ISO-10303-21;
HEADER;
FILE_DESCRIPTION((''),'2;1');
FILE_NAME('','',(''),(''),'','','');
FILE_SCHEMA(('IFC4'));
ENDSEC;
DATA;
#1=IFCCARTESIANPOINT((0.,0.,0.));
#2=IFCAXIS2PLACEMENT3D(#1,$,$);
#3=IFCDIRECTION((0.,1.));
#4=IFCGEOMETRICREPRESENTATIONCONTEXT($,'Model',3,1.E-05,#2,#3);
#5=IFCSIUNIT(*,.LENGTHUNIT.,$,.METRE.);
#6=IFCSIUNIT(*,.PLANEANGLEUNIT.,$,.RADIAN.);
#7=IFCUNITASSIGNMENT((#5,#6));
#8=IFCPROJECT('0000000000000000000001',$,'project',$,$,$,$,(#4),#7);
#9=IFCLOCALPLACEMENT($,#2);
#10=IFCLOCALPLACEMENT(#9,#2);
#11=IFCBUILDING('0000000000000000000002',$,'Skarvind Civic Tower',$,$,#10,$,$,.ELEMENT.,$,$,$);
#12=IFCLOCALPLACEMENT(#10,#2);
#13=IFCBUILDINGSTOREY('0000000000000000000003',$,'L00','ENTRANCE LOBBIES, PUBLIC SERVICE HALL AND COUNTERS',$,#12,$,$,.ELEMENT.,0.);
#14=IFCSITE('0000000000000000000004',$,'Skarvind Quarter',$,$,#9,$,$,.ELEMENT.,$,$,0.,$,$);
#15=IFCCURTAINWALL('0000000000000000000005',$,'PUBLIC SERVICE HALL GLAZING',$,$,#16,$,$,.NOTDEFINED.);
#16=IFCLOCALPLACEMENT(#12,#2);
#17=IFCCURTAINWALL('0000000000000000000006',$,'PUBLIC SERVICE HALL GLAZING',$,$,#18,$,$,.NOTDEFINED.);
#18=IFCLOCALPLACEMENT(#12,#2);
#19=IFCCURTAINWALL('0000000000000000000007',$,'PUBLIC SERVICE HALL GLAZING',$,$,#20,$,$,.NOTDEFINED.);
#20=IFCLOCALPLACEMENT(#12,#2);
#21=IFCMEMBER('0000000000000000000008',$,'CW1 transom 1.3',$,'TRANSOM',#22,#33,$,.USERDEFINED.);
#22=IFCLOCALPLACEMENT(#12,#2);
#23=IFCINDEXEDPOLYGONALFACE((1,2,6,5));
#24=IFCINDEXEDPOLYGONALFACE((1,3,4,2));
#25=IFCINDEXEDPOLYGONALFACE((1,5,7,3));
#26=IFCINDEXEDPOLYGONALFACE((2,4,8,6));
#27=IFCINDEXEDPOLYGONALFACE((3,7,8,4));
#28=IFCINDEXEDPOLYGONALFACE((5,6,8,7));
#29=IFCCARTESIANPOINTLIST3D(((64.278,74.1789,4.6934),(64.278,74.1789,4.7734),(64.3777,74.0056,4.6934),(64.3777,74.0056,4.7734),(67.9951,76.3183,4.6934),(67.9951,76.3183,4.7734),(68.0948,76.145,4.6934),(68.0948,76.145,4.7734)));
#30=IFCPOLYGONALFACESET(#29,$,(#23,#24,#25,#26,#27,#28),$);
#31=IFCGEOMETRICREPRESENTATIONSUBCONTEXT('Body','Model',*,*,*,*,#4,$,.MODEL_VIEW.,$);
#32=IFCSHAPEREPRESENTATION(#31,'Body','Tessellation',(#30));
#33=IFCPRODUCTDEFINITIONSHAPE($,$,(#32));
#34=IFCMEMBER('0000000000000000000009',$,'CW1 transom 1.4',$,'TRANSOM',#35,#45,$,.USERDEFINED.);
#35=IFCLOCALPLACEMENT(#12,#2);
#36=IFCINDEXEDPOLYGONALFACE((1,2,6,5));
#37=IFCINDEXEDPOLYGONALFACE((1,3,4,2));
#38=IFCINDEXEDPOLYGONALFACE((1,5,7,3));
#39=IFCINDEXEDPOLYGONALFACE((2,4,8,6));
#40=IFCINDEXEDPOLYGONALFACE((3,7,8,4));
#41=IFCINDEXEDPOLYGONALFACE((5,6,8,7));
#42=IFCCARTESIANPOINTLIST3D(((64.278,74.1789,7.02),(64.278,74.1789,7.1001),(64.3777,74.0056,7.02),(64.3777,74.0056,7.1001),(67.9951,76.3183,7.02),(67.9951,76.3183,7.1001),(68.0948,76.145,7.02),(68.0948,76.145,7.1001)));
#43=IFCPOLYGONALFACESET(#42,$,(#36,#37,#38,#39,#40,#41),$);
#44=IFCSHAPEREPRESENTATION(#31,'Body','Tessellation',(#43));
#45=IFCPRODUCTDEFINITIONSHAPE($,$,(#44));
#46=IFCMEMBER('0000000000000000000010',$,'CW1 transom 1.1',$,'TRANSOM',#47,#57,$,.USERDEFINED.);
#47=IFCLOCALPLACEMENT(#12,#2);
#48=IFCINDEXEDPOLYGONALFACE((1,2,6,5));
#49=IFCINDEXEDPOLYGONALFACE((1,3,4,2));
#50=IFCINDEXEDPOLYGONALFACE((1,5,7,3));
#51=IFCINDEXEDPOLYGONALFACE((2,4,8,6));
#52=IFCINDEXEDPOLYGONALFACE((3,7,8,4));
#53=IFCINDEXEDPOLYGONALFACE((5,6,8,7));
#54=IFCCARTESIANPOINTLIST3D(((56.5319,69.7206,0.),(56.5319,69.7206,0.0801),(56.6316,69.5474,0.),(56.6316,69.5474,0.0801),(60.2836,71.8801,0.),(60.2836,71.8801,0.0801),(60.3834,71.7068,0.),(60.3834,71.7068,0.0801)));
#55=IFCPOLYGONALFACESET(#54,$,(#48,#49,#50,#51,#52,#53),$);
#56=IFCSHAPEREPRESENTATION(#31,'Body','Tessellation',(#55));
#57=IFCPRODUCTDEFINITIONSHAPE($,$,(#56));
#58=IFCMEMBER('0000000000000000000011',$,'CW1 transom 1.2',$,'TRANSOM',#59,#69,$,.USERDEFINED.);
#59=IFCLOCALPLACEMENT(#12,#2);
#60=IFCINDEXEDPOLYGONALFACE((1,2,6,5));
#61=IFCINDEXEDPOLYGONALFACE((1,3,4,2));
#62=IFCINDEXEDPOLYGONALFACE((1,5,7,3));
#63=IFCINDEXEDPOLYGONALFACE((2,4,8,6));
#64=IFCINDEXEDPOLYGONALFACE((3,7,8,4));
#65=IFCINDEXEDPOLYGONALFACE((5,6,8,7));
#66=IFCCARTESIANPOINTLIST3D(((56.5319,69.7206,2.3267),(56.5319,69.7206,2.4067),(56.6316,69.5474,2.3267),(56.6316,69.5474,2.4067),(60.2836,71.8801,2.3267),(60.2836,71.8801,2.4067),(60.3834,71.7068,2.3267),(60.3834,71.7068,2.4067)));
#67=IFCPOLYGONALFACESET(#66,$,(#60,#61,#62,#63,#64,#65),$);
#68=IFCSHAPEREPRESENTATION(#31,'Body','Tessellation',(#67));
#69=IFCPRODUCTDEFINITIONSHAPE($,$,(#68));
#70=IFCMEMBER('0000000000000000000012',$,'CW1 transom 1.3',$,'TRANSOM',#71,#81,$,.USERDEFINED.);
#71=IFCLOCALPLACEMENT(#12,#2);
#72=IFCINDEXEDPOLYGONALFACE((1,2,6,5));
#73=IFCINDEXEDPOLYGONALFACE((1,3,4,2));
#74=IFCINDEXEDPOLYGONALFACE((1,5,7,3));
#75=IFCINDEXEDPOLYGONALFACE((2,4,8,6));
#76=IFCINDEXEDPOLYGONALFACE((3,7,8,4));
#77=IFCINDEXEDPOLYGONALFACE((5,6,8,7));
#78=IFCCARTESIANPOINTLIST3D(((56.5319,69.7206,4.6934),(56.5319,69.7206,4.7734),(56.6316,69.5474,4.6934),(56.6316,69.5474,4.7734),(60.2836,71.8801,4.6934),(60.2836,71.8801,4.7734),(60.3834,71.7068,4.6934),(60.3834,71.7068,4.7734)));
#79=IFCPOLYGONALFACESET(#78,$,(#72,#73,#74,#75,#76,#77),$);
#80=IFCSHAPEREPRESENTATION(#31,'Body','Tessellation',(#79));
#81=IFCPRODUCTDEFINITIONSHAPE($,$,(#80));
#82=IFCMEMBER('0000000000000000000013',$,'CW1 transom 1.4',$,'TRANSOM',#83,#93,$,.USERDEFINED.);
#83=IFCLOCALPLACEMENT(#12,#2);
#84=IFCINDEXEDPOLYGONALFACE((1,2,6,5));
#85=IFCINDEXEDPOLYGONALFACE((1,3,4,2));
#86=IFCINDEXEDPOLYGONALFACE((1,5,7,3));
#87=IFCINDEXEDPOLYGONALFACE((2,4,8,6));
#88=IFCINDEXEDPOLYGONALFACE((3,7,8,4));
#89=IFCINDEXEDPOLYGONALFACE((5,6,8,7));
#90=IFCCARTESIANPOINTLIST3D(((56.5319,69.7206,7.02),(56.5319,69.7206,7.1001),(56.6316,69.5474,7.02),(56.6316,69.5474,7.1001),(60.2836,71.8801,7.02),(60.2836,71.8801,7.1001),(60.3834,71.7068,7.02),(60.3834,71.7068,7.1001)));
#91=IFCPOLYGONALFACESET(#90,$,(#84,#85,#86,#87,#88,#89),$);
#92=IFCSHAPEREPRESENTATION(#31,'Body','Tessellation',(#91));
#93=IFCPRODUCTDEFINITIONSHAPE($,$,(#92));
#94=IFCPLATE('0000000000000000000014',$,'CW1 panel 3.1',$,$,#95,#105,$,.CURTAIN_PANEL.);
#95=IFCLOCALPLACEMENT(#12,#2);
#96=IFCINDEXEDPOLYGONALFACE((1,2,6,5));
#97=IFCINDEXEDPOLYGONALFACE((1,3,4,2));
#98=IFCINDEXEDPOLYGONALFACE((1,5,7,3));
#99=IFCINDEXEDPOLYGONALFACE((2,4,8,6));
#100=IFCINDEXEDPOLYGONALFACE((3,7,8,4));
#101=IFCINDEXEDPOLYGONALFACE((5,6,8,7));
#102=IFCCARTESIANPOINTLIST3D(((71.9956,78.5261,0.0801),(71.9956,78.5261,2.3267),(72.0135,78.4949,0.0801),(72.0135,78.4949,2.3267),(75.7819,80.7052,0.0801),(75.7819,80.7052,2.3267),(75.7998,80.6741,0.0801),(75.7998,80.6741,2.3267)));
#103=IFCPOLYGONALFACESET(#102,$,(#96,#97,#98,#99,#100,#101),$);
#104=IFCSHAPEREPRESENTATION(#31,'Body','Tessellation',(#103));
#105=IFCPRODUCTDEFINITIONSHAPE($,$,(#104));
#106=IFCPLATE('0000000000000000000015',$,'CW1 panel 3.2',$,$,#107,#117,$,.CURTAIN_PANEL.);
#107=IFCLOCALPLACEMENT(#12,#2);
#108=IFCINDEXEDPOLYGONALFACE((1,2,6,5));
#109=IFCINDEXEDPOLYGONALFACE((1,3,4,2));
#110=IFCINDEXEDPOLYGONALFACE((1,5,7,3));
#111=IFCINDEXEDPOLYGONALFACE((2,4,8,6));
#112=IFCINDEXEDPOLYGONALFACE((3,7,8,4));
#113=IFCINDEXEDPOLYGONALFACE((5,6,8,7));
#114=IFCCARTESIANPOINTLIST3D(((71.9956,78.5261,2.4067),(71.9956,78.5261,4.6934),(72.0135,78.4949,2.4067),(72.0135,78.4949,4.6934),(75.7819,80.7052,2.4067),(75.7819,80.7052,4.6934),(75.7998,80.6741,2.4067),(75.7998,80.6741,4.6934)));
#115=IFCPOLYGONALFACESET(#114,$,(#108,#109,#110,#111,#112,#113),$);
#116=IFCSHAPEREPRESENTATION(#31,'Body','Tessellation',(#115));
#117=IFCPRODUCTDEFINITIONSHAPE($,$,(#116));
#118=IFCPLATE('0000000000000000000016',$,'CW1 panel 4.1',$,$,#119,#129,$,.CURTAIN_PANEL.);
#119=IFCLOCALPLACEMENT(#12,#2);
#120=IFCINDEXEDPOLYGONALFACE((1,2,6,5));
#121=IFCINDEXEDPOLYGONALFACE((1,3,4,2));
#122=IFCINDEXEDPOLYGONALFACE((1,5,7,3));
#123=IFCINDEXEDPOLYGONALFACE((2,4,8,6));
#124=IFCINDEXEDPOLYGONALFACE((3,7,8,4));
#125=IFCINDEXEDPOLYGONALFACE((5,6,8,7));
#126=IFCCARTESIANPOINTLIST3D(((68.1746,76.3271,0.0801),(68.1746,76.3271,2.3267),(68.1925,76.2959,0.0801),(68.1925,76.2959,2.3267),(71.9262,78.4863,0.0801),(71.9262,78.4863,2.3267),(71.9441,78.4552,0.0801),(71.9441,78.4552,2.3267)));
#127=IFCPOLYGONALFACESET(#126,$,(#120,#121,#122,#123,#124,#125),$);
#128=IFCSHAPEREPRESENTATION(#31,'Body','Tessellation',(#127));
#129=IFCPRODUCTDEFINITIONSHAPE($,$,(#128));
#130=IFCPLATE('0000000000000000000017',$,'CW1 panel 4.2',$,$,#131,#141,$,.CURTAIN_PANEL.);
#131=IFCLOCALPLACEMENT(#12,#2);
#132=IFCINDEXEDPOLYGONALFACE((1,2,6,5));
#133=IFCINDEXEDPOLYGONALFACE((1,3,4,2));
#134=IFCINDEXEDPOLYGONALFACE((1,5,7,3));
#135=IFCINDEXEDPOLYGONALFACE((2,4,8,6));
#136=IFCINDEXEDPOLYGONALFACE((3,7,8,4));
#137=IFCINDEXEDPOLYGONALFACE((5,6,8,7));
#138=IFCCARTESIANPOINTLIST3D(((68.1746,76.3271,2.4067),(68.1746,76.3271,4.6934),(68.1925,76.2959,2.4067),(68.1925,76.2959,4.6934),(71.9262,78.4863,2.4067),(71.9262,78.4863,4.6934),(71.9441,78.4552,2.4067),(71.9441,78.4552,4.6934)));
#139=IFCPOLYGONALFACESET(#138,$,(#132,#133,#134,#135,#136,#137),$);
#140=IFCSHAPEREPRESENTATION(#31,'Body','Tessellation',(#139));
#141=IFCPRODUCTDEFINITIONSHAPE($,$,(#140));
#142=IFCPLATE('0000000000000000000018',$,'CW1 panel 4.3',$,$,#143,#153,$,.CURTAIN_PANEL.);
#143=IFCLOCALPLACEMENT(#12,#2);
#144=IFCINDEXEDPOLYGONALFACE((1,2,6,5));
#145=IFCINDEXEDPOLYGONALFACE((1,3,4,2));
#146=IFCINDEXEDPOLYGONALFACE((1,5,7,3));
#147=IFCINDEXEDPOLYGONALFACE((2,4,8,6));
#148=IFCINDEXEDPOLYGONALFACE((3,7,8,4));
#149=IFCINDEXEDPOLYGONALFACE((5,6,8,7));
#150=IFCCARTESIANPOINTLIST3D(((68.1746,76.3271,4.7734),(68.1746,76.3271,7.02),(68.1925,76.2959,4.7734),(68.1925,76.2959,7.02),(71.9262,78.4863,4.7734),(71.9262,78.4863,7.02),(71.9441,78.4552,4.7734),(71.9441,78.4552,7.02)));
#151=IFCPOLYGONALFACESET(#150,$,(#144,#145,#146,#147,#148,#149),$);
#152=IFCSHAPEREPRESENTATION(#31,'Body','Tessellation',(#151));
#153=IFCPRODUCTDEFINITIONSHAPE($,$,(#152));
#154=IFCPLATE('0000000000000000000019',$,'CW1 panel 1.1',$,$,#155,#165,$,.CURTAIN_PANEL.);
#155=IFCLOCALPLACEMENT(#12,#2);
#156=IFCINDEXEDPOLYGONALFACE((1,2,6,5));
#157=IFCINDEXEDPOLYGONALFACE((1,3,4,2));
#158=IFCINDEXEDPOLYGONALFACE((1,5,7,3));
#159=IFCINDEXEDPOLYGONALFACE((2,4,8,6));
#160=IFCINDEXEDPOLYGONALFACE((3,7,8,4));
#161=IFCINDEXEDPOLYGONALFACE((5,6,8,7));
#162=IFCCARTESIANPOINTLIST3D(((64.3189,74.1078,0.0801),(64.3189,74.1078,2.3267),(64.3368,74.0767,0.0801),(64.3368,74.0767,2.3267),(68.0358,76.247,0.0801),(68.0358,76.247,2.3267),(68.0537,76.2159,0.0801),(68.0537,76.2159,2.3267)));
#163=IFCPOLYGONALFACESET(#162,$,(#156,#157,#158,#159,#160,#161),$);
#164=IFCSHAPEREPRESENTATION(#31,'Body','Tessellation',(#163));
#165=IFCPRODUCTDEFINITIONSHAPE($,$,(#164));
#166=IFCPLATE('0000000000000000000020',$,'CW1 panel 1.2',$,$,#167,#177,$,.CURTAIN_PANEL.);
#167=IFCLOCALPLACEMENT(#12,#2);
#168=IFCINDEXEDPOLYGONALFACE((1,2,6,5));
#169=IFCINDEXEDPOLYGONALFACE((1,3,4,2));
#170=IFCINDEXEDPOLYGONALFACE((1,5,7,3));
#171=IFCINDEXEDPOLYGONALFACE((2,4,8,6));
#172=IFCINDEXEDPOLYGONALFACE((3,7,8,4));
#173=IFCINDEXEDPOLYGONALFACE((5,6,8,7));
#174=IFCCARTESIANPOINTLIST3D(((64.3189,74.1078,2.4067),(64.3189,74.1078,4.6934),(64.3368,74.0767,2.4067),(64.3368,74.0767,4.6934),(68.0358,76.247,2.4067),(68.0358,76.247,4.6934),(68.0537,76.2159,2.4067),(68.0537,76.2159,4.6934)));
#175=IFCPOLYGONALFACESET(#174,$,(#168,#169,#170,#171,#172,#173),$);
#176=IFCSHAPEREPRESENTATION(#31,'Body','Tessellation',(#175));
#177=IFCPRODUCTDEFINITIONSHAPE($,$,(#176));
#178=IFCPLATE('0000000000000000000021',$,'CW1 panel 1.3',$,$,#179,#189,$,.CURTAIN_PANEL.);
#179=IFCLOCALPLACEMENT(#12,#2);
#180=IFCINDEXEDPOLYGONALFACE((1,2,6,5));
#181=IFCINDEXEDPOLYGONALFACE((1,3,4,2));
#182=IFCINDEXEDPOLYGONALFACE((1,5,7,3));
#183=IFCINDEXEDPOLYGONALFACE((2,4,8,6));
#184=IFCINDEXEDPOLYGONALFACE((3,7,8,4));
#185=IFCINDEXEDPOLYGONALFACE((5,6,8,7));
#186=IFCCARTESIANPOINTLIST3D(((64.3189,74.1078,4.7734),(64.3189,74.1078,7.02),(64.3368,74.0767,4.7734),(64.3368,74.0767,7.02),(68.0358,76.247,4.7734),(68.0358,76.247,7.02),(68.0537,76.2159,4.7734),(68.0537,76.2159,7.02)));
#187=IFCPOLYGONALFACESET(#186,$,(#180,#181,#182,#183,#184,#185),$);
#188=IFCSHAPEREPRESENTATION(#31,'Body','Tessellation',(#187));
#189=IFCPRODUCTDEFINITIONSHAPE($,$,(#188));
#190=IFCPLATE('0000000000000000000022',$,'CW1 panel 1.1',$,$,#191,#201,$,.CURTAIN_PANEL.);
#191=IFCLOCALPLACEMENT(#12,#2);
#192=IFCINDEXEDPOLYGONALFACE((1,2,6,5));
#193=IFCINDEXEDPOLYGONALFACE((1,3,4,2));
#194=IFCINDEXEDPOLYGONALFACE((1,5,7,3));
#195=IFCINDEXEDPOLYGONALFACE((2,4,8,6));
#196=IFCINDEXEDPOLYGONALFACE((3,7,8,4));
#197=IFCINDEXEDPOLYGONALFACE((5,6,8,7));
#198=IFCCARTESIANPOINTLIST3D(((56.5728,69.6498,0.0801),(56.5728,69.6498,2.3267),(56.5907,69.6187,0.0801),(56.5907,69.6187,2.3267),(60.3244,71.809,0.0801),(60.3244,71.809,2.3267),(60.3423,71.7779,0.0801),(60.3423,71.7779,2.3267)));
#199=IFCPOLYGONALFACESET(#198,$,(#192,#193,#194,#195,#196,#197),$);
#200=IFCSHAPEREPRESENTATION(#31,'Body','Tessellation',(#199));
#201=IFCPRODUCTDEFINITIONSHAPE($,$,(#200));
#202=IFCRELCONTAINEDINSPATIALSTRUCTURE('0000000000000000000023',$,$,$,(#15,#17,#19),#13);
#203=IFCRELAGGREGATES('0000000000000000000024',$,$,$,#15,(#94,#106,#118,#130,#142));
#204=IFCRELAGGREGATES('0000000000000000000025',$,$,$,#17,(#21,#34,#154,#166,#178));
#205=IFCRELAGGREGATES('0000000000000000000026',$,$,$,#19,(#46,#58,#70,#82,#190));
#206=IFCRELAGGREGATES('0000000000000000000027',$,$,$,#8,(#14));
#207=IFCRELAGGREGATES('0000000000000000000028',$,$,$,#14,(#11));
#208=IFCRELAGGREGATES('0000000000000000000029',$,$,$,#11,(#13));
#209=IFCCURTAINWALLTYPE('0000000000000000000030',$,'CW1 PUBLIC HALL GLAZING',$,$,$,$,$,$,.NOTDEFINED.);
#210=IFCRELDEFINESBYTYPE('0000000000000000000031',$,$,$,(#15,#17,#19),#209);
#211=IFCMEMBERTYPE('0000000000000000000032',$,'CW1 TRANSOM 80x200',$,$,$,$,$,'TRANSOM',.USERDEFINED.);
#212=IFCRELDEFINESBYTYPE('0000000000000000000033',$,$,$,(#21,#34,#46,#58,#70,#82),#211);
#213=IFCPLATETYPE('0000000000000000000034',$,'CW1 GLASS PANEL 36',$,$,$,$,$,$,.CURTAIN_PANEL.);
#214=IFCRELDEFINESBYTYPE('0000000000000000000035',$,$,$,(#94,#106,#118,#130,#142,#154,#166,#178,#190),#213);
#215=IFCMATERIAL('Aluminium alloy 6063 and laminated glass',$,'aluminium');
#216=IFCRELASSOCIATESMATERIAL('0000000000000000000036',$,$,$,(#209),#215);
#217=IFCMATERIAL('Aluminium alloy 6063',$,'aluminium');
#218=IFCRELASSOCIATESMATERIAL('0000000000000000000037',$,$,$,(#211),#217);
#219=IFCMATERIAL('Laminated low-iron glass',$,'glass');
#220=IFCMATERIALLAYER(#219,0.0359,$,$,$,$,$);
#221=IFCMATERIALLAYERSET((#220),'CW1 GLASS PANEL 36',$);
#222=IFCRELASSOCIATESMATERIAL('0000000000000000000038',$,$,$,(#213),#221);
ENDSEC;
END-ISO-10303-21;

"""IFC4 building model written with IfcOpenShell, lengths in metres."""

from ifc_helpers import new_model, si_unit, direction, frame, origin, origin_2d, place, context, subcontext, project, spatial, rectangle, extrude, material, layer, layer_set, material_profile, profile_set, type_object, element, aggregate, save


model = new_model("IFC4")

# Units and contexts
model_context = context("Model", 3, precision=1e-05, world=origin(), true_north=direction((0.0, 1.0)))
body_context = subcontext(model_context, "Body", "Model", "MODEL_VIEW")
ifc_project = project(units=[si_unit("LENGTHUNIT", "METRE"), si_unit("PLANEANGLEUNIT", "RADIAN")], contexts=[model_context])

# Site, building, storey
site_placement = place(None, origin())
site = spatial("IfcSite", under=ifc_project, at=site_placement, Name="Skarvind Quarter", CompositionType="ELEMENT", RefElevation=0.0)
building_placement = place(site_placement, origin())
building = spatial("IfcBuilding", under=site, at=building_placement, Name="Skarvind Civic Tower", CompositionType="ELEMENT")
storey_placement = place(building_placement, origin())
storey = spatial("IfcBuildingStorey", under=building, at=storey_placement, Name="L00", Description="ENTRANCE LOBBIES, PUBLIC SERVICE HALL AND COUNTERS", CompositionType="ELEMENT", Elevation=0.0)

# Curtain walls
ifc_material_1 = material(Name="Aluminium alloy 6063 and laminated glass", Category="aluminium")
curtain_wall_type = type_object("IfcCurtainWallType", Name="CW1 PUBLIC HALL GLAZING", PredefinedType="NOTDEFINED", material=ifc_material_1)
curtain_wall_1_placement = place(storey_placement, origin())
curtain_wall_1 = element("IfcCurtainWall", 1, at=curtain_wall_1_placement, inside=storey, type_object=curtain_wall_type, Name="PUBLIC SERVICE HALL GLAZING", PredefinedType="NOTDEFINED")
ifc_material_2 = material(Name="Aluminium alloy 6063", Category="aluminium")
curtain_wall_2_placement = place(storey_placement, origin())
curtain_wall_2 = element("IfcCurtainWall", 2, at=curtain_wall_2_placement, inside=storey, type_object=curtain_wall_type, Name="PUBLIC SERVICE HALL GLAZING", PredefinedType="NOTDEFINED")
curtain_wall_3_placement = place(storey_placement, origin())
curtain_wall_3 = element("IfcCurtainWall", 3, at=curtain_wall_3_placement, inside=storey, type_object=curtain_wall_type, Name="PUBLIC SERVICE HALL GLAZING", PredefinedType="NOTDEFINED")

# Members
ifc_material_profile_1 = material_profile(ifc_material_2, rectangle(XDim=0.2, YDim=0.0801, at=origin_2d()), Name="AL 80x200")
ifc_profile_set_1 = profile_set([ifc_material_profile_1], Name="Aluminium alloy 6063")
member_type_1 = type_object("IfcMemberType", Name="CW1 TRANSOM 80x200", ElementType="TRANSOM", PredefinedType="USERDEFINED", material=ifc_profile_set_1)
member_1_placement = place(storey_placement, frame((68.0449, 76.2317, 4.7334), z_axis=(-0.866694, -0.49884, 0.0), x_axis=(0.49884, -0.866694, 0.0)))
member_1 = element("IfcMember", 4, at=member_1_placement, type_object=member_type_1, Name="CW1 transom 1.3", ObjectType="TRANSOM", PredefinedType="USERDEFINED", context=body_context, shape_type="SweptSolid", body=[
    extrude(rectangle(XDim=0.2, YDim=0.0801, at=origin_2d()), origin(), (0.0, 0.0, 1.0), 4.2888),
])
member_2_placement = place(storey_placement, frame((68.0449, 76.2317, 7.0601), z_axis=(-0.866694, -0.49884, 0.0), x_axis=(0.49884, -0.866694, 0.0)))
member_2 = element("IfcMember", 5, at=member_2_placement, type_object=member_type_1, Name="CW1 transom 1.4", ObjectType="TRANSOM", PredefinedType="USERDEFINED", context=body_context, shape_type="SweptSolid", body=[
    extrude(rectangle(XDim=0.2, YDim=0.0801, at=origin_2d()), origin(), (0.0, 0.0, 1.0), 4.2888),
])
member_3_placement = place(storey_placement, frame((60.3335, 71.7935, 0.04), z_axis=(-0.866687, -0.498851, 0.0), x_axis=(0.498851, -0.866687, 0.0)))
member_3 = element("IfcMember", 6, at=member_3_placement, type_object=member_type_1, Name="CW1 transom 1.1", ObjectType="TRANSOM", PredefinedType="USERDEFINED", context=body_context, shape_type="SweptSolid", body=[
    extrude(rectangle(XDim=0.2, YDim=0.0801, at=origin_2d()), origin(), (0.0, 0.0, 1.0), 4.3289),
])
member_4_placement = place(storey_placement, frame((60.3335, 71.7935, 2.3667), z_axis=(-0.866687, -0.498851, 0.0), x_axis=(0.498851, -0.866687, 0.0)))
member_4 = element("IfcMember", 7, at=member_4_placement, type_object=member_type_1, Name="CW1 transom 1.2", ObjectType="TRANSOM", PredefinedType="USERDEFINED", context=body_context, shape_type="SweptSolid", body=[
    extrude(rectangle(XDim=0.2, YDim=0.0801, at=origin_2d()), origin(), (0.0, 0.0, 1.0), 4.3289),
])
member_5_placement = place(storey_placement, frame((60.3335, 71.7935, 4.7334), z_axis=(-0.866687, -0.498851, 0.0), x_axis=(0.498851, -0.866687, 0.0)))
member_5 = element("IfcMember", 8, at=member_5_placement, type_object=member_type_1, Name="CW1 transom 1.3", ObjectType="TRANSOM", PredefinedType="USERDEFINED", context=body_context, shape_type="SweptSolid", body=[
    extrude(rectangle(XDim=0.2, YDim=0.0801, at=origin_2d()), origin(), (0.0, 0.0, 1.0), 4.3289),
])
member_6_placement = place(storey_placement, frame((60.3335, 71.7935, 7.0601), z_axis=(-0.866687, -0.498851, 0.0), x_axis=(0.498851, -0.866687, 0.0)))
member_6 = element("IfcMember", 9, at=member_6_placement, type_object=member_type_1, Name="CW1 transom 1.4", ObjectType="TRANSOM", PredefinedType="USERDEFINED", context=body_context, shape_type="SweptSolid", body=[
    extrude(rectangle(XDim=0.2, YDim=0.0801, at=origin_2d()), origin(), (0.0, 0.0, 1.0), 4.3289),
])

# Plates
ifc_material_3 = material(Name="Laminated low-iron glass", Category="glass")
ifc_layer_1 = layer(ifc_material_3, 0.0359)
ifc_layer_set_1 = layer_set([ifc_layer_1], Name="CW1 GLASS PANEL 36")
plate_type = type_object("IfcPlateType", Name="CW1 GLASS PANEL 36", PredefinedType="CURTAIN_PANEL", material=ifc_layer_set_1)
plate_1_placement = place(storey_placement, frame((73.8977, 79.6001, 0.0801), z_axis=(0.0, 0.0, 1.0), x_axis=(-0.866702, -0.498825, 0.0)))
plate_1 = element("IfcPlate", 10, at=plate_1_placement, type_object=plate_type, Name="CW1 panel 3.1", PredefinedType="CURTAIN_PANEL", context=body_context, shape_type="SweptSolid", body=[
    extrude(rectangle(XDim=4.3687, YDim=0.0359, at=origin_2d()), origin(), (0.0, 0.0, 1.0), 2.2466),
])
plate_2_placement = place(storey_placement, frame((73.8977, 79.6001, 2.4067), z_axis=(0.0, 0.0, 1.0), x_axis=(-0.866702, -0.498825, 0.0)))
plate_2 = element("IfcPlate", 11, at=plate_2_placement, type_object=plate_type, Name="CW1 panel 3.2", PredefinedType="CURTAIN_PANEL", context=body_context, shape_type="SweptSolid", body=[
    extrude(rectangle(XDim=4.3687, YDim=0.0359, at=origin_2d()), origin(), (0.0, 0.0, 1.0), 2.2866),
])
plate_3_placement = place(storey_placement, frame((70.0593, 77.3911, 0.0801), z_axis=(0.0, 0.0, 1.0), x_axis=(-0.866702, -0.498825, 0.0)))
plate_3 = element("IfcPlate", 12, at=plate_3_placement, type_object=plate_type, Name="CW1 panel 4.1", PredefinedType="CURTAIN_PANEL", context=body_context, shape_type="SweptSolid", body=[
    extrude(rectangle(XDim=4.3286, YDim=0.0359, at=origin_2d()), origin(), (0.0, 0.0, 1.0), 2.2466),
])
plate_4_placement = place(storey_placement, frame((70.0593, 77.3911, 2.4067), z_axis=(0.0, 0.0, 1.0), x_axis=(-0.866702, -0.498825, 0.0)))
plate_4 = element("IfcPlate", 13, at=plate_4_placement, type_object=plate_type, Name="CW1 panel 4.2", PredefinedType="CURTAIN_PANEL", context=body_context, shape_type="SweptSolid", body=[
    extrude(rectangle(XDim=4.3286, YDim=0.0359, at=origin_2d()), origin(), (0.0, 0.0, 1.0), 2.2866),
])
plate_5_placement = place(storey_placement, frame((70.0593, 77.3911, 4.7734), z_axis=(0.0, 0.0, 1.0), x_axis=(-0.866702, -0.498825, 0.0)))
plate_5 = element("IfcPlate", 14, at=plate_5_placement, type_object=plate_type, Name="CW1 panel 4.3", PredefinedType="CURTAIN_PANEL", context=body_context, shape_type="SweptSolid", body=[
    extrude(rectangle(XDim=4.3286, YDim=0.0359, at=origin_2d()), origin(), (0.0, 0.0, 1.0), 2.2466),
])
aggregate(curtain_wall_1, [plate_1, plate_2, plate_3, plate_4, plate_5])
plate_6_placement = place(storey_placement, frame((66.1863, 75.1619, 0.0801), z_axis=(0.0, 0.0, 1.0), x_axis=(-0.866705, -0.498821, 0.0)))
plate_6 = element("IfcPlate", 15, at=plate_6_placement, type_object=plate_type, Name="CW1 panel 1.1", PredefinedType="CURTAIN_PANEL", context=body_context, shape_type="SweptSolid", body=[
    extrude(rectangle(XDim=4.2886, YDim=0.0359, at=origin_2d()), origin(), (0.0, 0.0, 1.0), 2.2466),
])
plate_7_placement = place(storey_placement, frame((66.1863, 75.1619, 2.4067), z_axis=(0.0, 0.0, 1.0), x_axis=(-0.866705, -0.498821, 0.0)))
plate_7 = element("IfcPlate", 16, at=plate_7_placement, type_object=plate_type, Name="CW1 panel 1.2", PredefinedType="CURTAIN_PANEL", context=body_context, shape_type="SweptSolid", body=[
    extrude(rectangle(XDim=4.2886, YDim=0.0359, at=origin_2d()), origin(), (0.0, 0.0, 1.0), 2.2866),
])
plate_8_placement = place(storey_placement, frame((66.1863, 75.1619, 4.7734), z_axis=(0.0, 0.0, 1.0), x_axis=(-0.866705, -0.498821, 0.0)))
plate_8 = element("IfcPlate", 17, at=plate_8_placement, type_object=plate_type, Name="CW1 panel 1.3", PredefinedType="CURTAIN_PANEL", context=body_context, shape_type="SweptSolid", body=[
    extrude(rectangle(XDim=4.2886, YDim=0.0359, at=origin_2d()), origin(), (0.0, 0.0, 1.0), 2.2466),
])
aggregate(curtain_wall_2, [member_1, member_2, plate_6, plate_7, plate_8])
plate_9_placement = place(storey_placement, frame((58.4575, 70.7139, 0.0801), z_axis=(0.0, 0.0, 1.0), x_axis=(-0.8667, -0.49883, 0.0)))
plate_9 = element("IfcPlate", 18, at=plate_9_placement, type_object=plate_type, Name="CW1 panel 1.1", PredefinedType="CURTAIN_PANEL", context=body_context, shape_type="SweptSolid", body=[
    extrude(rectangle(XDim=4.3286, YDim=0.0359, at=origin_2d()), origin(), (0.0, 0.0, 1.0), 2.2466),
])
aggregate(curtain_wall_3, [member_3, member_4, member_5, member_6, plate_9])

save(model, "model.ifc")
